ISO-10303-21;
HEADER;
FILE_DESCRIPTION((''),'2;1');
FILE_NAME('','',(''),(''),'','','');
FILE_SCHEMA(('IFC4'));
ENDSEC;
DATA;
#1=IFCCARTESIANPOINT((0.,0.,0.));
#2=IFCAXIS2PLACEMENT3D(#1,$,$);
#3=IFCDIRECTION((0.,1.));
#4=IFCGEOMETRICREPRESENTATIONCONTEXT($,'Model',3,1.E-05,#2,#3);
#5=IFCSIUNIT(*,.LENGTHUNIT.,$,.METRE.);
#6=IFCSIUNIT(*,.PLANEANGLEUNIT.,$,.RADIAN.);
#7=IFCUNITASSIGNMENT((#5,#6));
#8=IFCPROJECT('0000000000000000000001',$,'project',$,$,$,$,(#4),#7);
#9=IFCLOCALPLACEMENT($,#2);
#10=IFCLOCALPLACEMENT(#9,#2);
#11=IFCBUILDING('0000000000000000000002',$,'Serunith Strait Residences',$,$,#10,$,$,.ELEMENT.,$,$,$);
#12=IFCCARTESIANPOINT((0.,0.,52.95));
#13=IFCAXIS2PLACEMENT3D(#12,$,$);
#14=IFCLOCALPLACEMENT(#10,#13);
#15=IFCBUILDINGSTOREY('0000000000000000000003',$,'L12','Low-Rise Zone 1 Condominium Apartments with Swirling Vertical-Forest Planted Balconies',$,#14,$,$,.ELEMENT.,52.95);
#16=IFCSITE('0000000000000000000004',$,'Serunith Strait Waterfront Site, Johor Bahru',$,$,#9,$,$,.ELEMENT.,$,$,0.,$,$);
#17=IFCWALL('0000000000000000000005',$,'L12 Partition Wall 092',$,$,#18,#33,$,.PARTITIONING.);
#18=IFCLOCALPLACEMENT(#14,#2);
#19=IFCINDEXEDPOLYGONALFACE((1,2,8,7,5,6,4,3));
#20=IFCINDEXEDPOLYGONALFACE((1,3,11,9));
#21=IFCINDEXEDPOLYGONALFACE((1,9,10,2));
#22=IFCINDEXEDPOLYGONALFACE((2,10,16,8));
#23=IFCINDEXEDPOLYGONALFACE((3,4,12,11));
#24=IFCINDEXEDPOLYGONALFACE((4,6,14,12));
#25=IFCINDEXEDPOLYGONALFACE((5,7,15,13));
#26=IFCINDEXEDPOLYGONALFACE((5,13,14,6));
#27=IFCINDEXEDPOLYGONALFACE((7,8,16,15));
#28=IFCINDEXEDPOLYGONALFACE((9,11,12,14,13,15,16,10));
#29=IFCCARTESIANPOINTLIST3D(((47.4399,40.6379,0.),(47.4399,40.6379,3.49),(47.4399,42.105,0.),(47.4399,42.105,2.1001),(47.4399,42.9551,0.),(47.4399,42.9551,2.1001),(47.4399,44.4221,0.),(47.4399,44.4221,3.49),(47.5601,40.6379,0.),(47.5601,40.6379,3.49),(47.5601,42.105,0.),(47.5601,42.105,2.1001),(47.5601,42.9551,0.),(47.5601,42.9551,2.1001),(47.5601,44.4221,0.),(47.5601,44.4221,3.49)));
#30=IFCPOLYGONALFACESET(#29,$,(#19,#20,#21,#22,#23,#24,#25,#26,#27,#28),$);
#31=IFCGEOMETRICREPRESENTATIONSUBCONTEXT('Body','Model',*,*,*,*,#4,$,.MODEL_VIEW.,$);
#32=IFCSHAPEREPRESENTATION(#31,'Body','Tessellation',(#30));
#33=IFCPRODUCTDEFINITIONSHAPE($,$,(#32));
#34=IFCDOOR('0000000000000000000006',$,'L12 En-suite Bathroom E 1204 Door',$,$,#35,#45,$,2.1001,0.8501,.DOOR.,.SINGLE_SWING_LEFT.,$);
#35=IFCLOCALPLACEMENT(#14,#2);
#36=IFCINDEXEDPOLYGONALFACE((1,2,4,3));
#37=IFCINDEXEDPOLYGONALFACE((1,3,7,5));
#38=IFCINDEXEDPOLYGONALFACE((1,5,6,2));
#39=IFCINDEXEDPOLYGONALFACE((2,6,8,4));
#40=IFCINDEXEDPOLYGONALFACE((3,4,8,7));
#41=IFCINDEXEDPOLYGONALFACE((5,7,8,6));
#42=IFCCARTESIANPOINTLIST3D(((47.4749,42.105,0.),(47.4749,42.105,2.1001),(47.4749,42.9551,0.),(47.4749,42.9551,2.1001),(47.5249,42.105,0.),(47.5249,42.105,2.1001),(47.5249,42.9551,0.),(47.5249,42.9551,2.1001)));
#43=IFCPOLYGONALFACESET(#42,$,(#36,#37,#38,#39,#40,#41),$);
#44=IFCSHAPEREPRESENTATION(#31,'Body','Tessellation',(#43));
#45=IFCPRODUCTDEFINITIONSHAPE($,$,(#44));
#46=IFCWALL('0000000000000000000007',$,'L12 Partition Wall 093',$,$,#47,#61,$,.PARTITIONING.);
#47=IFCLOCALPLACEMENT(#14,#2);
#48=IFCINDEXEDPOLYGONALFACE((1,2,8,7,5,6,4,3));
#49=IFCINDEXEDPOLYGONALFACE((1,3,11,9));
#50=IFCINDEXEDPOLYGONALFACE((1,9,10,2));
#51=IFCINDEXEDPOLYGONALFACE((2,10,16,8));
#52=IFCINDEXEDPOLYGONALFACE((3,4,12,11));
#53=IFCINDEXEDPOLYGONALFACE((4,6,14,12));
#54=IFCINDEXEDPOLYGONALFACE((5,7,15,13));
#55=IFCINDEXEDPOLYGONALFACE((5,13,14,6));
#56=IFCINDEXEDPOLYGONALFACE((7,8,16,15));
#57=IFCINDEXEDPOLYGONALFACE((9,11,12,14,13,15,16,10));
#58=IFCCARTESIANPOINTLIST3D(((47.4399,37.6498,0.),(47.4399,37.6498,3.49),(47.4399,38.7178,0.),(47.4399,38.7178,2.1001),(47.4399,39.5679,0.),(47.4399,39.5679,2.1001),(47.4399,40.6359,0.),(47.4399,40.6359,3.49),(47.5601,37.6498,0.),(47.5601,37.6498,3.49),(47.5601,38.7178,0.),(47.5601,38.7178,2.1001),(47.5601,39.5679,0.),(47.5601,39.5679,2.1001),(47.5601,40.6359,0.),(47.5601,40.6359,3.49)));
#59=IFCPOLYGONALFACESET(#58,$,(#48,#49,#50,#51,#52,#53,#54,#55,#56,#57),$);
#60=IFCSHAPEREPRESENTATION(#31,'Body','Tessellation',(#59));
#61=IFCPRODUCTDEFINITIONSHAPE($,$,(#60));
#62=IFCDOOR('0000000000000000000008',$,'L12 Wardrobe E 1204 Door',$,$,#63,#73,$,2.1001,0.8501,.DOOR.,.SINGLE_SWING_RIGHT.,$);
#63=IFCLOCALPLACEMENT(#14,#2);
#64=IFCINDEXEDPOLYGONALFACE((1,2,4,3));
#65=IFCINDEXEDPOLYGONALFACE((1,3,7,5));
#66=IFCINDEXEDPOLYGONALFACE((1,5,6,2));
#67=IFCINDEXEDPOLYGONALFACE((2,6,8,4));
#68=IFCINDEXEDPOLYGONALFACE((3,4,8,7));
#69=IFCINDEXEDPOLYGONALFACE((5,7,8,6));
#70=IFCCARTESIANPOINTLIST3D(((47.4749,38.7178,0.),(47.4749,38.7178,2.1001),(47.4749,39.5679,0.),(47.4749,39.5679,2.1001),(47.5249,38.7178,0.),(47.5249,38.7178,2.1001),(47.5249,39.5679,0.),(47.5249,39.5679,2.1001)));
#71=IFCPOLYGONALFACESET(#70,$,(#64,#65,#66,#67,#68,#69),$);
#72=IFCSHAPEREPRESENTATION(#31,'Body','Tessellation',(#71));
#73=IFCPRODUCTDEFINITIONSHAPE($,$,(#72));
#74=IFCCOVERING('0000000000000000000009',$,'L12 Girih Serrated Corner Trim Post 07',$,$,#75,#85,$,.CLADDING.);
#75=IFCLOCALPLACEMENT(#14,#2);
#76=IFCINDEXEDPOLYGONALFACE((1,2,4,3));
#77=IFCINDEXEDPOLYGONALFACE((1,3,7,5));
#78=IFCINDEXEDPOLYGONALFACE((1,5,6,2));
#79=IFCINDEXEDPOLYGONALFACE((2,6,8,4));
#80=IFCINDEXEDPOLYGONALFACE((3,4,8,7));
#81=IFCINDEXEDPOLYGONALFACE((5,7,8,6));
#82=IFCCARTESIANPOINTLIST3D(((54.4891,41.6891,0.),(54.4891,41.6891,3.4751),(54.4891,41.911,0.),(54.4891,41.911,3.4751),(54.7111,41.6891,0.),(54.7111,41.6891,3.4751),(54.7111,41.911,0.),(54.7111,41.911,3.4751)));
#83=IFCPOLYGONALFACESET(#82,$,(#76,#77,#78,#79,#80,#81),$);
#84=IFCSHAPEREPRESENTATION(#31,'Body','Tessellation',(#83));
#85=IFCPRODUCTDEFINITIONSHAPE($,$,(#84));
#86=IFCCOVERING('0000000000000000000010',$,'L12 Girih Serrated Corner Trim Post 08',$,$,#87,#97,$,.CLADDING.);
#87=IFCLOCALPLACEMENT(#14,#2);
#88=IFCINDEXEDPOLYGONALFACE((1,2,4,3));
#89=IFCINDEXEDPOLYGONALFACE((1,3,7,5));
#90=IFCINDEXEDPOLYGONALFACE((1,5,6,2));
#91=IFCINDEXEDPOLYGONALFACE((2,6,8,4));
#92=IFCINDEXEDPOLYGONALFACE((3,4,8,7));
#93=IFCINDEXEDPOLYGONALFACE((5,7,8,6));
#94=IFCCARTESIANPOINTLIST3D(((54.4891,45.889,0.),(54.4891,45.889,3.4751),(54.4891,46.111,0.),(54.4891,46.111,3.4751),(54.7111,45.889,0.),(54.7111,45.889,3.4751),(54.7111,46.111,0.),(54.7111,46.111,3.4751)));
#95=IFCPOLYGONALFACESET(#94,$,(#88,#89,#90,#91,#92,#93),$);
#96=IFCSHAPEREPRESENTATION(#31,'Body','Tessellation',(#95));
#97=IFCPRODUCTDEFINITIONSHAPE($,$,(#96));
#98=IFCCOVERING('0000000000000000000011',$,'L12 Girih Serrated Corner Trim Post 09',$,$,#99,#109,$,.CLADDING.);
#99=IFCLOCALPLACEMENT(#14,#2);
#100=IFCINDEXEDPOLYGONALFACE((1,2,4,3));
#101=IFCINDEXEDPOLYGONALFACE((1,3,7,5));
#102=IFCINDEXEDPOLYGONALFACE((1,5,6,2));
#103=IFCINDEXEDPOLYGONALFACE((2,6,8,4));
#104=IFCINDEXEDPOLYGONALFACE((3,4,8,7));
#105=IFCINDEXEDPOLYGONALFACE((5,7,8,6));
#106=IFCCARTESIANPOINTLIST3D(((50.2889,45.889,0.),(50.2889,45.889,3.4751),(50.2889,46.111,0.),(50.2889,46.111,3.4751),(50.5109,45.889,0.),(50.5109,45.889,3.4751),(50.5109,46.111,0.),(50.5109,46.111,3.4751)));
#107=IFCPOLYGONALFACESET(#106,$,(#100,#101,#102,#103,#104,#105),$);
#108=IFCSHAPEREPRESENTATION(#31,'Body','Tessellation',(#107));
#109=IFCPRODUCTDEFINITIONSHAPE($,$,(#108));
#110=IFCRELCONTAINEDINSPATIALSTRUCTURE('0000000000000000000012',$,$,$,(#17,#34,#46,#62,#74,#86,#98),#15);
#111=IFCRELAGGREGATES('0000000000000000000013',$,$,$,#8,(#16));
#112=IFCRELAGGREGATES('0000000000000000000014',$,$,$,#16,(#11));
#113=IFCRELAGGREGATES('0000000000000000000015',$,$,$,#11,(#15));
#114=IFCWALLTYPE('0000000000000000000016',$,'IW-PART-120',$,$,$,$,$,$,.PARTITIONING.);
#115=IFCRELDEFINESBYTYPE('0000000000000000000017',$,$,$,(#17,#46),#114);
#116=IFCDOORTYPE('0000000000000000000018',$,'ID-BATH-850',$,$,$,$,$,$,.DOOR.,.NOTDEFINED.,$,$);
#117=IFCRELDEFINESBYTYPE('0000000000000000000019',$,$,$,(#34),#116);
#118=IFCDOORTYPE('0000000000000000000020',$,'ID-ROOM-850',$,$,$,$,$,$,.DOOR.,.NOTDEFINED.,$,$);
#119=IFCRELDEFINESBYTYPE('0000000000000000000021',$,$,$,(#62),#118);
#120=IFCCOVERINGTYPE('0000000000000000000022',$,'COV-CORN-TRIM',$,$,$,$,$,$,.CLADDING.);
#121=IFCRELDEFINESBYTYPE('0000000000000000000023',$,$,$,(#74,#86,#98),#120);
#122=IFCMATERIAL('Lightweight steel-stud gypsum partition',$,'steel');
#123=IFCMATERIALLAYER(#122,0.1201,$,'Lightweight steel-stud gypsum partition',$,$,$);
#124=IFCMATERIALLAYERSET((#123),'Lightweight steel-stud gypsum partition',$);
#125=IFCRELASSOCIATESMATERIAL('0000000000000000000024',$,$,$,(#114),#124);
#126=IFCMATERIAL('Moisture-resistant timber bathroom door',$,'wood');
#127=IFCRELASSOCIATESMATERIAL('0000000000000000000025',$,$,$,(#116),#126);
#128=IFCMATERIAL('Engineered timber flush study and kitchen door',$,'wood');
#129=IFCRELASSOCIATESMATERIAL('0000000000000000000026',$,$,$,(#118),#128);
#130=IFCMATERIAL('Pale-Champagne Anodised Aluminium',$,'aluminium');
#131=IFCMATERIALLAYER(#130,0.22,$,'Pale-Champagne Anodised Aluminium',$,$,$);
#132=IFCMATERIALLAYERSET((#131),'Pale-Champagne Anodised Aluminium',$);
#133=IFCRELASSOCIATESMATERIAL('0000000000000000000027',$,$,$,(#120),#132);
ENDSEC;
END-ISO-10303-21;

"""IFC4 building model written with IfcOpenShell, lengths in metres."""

from ifc_helpers import new_model, si_unit, direction, frame, frame_2d, origin, origin_2d, place, context, subcontext, project, spatial, rectangle, extrude, source, transform, mapped, material, layer, layer_set, type_object, element, fill, save


model = new_model("IFC4")

# Units and contexts
model_context = context("Model", 3, precision=1e-05, world=origin(), true_north=direction((0.0, 1.0)))
body_context = subcontext(model_context, "Body", "Model", "MODEL_VIEW")
ifc_project = project(units=[si_unit("LENGTHUNIT", "METRE"), si_unit("PLANEANGLEUNIT", "RADIAN")], contexts=[model_context])

# Site, building, storey
site_placement = place(None, origin())
site = spatial("IfcSite", under=ifc_project, at=site_placement, Name="Serunith Strait Waterfront Site, Johor Bahru", CompositionType="ELEMENT", RefElevation=0.0)
building_placement = place(site_placement, origin())
building = spatial("IfcBuilding", under=site, at=building_placement, Name="Serunith Strait Residences", CompositionType="ELEMENT")
storey_placement = place(building_placement, frame((0.0, 0.0, 52.95)))
storey = spatial("IfcBuildingStorey", under=building, at=storey_placement, Name="L12", Description="Low-Rise Zone 1 Condominium Apartments with Swirling Vertical-Forest Planted Balconies", CompositionType="ELEMENT", Elevation=52.95)

# Shared definitions
ifc_material_1 = material(Name="Pale-Champagne Anodised Aluminium", Category="aluminium")

# Shared definitions
ifc_material_2 = material(Name="Lightweight steel-stud gypsum partition", Category="steel")
ifc_layer_1 = layer(ifc_material_2, 0.1201, Name="Lightweight steel-stud gypsum partition")
ifc_layer_set_1 = layer_set([ifc_layer_1], Name="Lightweight steel-stud gypsum partition")
wall_type_1 = type_object("IfcWallType", Name="IW-PART-120", PredefinedType="PARTITIONING", material=ifc_layer_set_1)

# Walls, openings, doors
wall_1_placement = place(storey_placement, frame((47.5, 44.4221, 0.0), z_axis=(0.0, 0.0, 1.0), x_axis=(0.0, -1.0, 0.0)))
wall_1 = element("IfcWall", 1, at=wall_1_placement, inside=storey, type_object=wall_type_1, Name="L12 Partition Wall 092", PredefinedType="PARTITIONING", context=body_context, shape_type="SweptSolid", body=[
    extrude(rectangle(XDim=3.7842, YDim=0.1201, at=frame_2d((1.8921, 0.0))), origin(), (0.0, 0.0, 1.0), 3.49),
])
opening_1_placement = place(wall_1_placement, frame((1.467, 0.0, 0.0)))
opening_1 = element("IfcOpeningElement", 2, at=opening_1_placement, cuts=wall_1, PredefinedType="OPENING", context=body_context, shape_type="SweptSolid", body=[
    extrude(rectangle(XDim=0.8501, YDim=2.1001, at=frame_2d((0.425, 1.05))), frame((0.0, 0.0701, 0.0), z_axis=(0.0, -1.0, 0.0), x_axis=(1.0, 0.0, 0.0)), (0.0, 0.0, 1.0), 0.1401),
])
ifc_material_3 = material(Name="Moisture-resistant timber bathroom door", Category="wood")
door_type_1 = type_object("IfcDoorType", Name="ID-BATH-850", OperationType="NOTDEFINED", PredefinedType="DOOR", material=ifc_material_3)
shared_shape_1 = source(origin(), body_context, "Body", "SweptSolid", [
    extrude(rectangle(XDim=0.8501, YDim=2.1001, at=frame_2d((0.425, 1.05))), frame((0.0, 0.0249, 0.0), z_axis=(0.0, -1.0, 0.0), x_axis=(1.0, 0.0, 0.0)), (0.0, 0.0, 1.0), 0.05),
])
door_1_placement = place(opening_1_placement, origin())
door_1 = element("IfcDoor", 3, at=door_1_placement, inside=storey, type_object=door_type_1, Name="L12 En-suite Bathroom E 1204 Door", OperationType="SINGLE_SWING_LEFT", OverallHeight=2.1001, OverallWidth=0.8501, PredefinedType="DOOR", context=body_context, shape_type="MappedRepresentation", body=[
    mapped(shared_shape_1, transform((0.0, 0.0, 0.0), scale=1.0)),
])
fill(opening_1, door_1)
wall_2_placement = place(storey_placement, frame((47.5, 40.636, 0.0), z_axis=(0.0, 0.0, 1.0), x_axis=(0.0, -1.0, 0.0)))
wall_2 = element("IfcWall", 4, at=wall_2_placement, inside=storey, type_object=wall_type_1, Name="L12 Partition Wall 093", PredefinedType="PARTITIONING", context=body_context, shape_type="SweptSolid", body=[
    extrude(rectangle(XDim=2.9861, YDim=0.1201, at=frame_2d((1.4932, 0.0))), origin(), (0.0, 0.0, 1.0), 3.49),
])
opening_2_placement = place(wall_2_placement, frame((1.0681, 0.0, 0.0)))
opening_2 = element("IfcOpeningElement", 5, at=opening_2_placement, cuts=wall_2, PredefinedType="OPENING", context=body_context, shape_type="SweptSolid", body=[
    extrude(rectangle(XDim=0.8501, YDim=2.1001, at=frame_2d((0.425, 1.05))), frame((0.0, 0.0701, 0.0), z_axis=(0.0, -1.0, 0.0), x_axis=(1.0, 0.0, 0.0)), (0.0, 0.0, 1.0), 0.1401),
])
ifc_material_4 = material(Name="Engineered timber flush study and kitchen door", Category="wood")
door_type_2 = type_object("IfcDoorType", Name="ID-ROOM-850", OperationType="NOTDEFINED", PredefinedType="DOOR", material=ifc_material_4)
door_2_placement = place(opening_2_placement, origin())
door_2 = element("IfcDoor", 6, at=door_2_placement, inside=storey, type_object=door_type_2, Name="L12 Wardrobe E 1204 Door", OperationType="SINGLE_SWING_RIGHT", OverallHeight=2.1001, OverallWidth=0.8501, PredefinedType="DOOR", context=body_context, shape_type="MappedRepresentation", body=[
    mapped(shared_shape_1, transform((0.0, 0.0, 0.0), scale=1.0)),
])
fill(opening_2, door_2)

# Coverings
ifc_layer_2 = layer(ifc_material_1, 0.22, Name="Pale-Champagne Anodised Aluminium")
ifc_layer_set_2 = layer_set([ifc_layer_2], Name="Pale-Champagne Anodised Aluminium")
covering_type = type_object("IfcCoveringType", Name="COV-CORN-TRIM", PredefinedType="CLADDING", material=ifc_layer_set_2)
shared_shape_2 = source(origin(), body_context, "Body", "SweptSolid", [
    extrude(rectangle(XDim=0.2219, YDim=0.2219, at=origin_2d()), origin(), (0.0, 0.0, 1.0), 3.4751),
])
for number, where, z_axis, x_axis, name in (
    (7, (54.6001, 41.8, 0.0), (0.0, 0.0, 1.0), (1.0, 0.0, 0.0), "L12 Girih Serrated Corner Trim Post 07"),
    (8, (54.6001, 46.0, 0.0), (0.0, 0.0, 1.0), (1.0, 0.0, 0.0), "L12 Girih Serrated Corner Trim Post 08"),
    (9, (50.3999, 46.0, 0.0), (0.0, 0.0, 1.0), (1.0, 0.0, 0.0), "L12 Girih Serrated Corner Trim Post 09"),
):
    element("IfcCovering", number, at=place(storey_placement, frame(where, z_axis=z_axis, x_axis=x_axis)), inside=storey, type_object=covering_type, Name=name, PredefinedType="CLADDING", context=body_context, shape_type="MappedRepresentation", body=[
        mapped(shared_shape_2, transform((0.0, 0.0, 0.0), scale=1.0)),
    ])

save(model, "model.ifc")
